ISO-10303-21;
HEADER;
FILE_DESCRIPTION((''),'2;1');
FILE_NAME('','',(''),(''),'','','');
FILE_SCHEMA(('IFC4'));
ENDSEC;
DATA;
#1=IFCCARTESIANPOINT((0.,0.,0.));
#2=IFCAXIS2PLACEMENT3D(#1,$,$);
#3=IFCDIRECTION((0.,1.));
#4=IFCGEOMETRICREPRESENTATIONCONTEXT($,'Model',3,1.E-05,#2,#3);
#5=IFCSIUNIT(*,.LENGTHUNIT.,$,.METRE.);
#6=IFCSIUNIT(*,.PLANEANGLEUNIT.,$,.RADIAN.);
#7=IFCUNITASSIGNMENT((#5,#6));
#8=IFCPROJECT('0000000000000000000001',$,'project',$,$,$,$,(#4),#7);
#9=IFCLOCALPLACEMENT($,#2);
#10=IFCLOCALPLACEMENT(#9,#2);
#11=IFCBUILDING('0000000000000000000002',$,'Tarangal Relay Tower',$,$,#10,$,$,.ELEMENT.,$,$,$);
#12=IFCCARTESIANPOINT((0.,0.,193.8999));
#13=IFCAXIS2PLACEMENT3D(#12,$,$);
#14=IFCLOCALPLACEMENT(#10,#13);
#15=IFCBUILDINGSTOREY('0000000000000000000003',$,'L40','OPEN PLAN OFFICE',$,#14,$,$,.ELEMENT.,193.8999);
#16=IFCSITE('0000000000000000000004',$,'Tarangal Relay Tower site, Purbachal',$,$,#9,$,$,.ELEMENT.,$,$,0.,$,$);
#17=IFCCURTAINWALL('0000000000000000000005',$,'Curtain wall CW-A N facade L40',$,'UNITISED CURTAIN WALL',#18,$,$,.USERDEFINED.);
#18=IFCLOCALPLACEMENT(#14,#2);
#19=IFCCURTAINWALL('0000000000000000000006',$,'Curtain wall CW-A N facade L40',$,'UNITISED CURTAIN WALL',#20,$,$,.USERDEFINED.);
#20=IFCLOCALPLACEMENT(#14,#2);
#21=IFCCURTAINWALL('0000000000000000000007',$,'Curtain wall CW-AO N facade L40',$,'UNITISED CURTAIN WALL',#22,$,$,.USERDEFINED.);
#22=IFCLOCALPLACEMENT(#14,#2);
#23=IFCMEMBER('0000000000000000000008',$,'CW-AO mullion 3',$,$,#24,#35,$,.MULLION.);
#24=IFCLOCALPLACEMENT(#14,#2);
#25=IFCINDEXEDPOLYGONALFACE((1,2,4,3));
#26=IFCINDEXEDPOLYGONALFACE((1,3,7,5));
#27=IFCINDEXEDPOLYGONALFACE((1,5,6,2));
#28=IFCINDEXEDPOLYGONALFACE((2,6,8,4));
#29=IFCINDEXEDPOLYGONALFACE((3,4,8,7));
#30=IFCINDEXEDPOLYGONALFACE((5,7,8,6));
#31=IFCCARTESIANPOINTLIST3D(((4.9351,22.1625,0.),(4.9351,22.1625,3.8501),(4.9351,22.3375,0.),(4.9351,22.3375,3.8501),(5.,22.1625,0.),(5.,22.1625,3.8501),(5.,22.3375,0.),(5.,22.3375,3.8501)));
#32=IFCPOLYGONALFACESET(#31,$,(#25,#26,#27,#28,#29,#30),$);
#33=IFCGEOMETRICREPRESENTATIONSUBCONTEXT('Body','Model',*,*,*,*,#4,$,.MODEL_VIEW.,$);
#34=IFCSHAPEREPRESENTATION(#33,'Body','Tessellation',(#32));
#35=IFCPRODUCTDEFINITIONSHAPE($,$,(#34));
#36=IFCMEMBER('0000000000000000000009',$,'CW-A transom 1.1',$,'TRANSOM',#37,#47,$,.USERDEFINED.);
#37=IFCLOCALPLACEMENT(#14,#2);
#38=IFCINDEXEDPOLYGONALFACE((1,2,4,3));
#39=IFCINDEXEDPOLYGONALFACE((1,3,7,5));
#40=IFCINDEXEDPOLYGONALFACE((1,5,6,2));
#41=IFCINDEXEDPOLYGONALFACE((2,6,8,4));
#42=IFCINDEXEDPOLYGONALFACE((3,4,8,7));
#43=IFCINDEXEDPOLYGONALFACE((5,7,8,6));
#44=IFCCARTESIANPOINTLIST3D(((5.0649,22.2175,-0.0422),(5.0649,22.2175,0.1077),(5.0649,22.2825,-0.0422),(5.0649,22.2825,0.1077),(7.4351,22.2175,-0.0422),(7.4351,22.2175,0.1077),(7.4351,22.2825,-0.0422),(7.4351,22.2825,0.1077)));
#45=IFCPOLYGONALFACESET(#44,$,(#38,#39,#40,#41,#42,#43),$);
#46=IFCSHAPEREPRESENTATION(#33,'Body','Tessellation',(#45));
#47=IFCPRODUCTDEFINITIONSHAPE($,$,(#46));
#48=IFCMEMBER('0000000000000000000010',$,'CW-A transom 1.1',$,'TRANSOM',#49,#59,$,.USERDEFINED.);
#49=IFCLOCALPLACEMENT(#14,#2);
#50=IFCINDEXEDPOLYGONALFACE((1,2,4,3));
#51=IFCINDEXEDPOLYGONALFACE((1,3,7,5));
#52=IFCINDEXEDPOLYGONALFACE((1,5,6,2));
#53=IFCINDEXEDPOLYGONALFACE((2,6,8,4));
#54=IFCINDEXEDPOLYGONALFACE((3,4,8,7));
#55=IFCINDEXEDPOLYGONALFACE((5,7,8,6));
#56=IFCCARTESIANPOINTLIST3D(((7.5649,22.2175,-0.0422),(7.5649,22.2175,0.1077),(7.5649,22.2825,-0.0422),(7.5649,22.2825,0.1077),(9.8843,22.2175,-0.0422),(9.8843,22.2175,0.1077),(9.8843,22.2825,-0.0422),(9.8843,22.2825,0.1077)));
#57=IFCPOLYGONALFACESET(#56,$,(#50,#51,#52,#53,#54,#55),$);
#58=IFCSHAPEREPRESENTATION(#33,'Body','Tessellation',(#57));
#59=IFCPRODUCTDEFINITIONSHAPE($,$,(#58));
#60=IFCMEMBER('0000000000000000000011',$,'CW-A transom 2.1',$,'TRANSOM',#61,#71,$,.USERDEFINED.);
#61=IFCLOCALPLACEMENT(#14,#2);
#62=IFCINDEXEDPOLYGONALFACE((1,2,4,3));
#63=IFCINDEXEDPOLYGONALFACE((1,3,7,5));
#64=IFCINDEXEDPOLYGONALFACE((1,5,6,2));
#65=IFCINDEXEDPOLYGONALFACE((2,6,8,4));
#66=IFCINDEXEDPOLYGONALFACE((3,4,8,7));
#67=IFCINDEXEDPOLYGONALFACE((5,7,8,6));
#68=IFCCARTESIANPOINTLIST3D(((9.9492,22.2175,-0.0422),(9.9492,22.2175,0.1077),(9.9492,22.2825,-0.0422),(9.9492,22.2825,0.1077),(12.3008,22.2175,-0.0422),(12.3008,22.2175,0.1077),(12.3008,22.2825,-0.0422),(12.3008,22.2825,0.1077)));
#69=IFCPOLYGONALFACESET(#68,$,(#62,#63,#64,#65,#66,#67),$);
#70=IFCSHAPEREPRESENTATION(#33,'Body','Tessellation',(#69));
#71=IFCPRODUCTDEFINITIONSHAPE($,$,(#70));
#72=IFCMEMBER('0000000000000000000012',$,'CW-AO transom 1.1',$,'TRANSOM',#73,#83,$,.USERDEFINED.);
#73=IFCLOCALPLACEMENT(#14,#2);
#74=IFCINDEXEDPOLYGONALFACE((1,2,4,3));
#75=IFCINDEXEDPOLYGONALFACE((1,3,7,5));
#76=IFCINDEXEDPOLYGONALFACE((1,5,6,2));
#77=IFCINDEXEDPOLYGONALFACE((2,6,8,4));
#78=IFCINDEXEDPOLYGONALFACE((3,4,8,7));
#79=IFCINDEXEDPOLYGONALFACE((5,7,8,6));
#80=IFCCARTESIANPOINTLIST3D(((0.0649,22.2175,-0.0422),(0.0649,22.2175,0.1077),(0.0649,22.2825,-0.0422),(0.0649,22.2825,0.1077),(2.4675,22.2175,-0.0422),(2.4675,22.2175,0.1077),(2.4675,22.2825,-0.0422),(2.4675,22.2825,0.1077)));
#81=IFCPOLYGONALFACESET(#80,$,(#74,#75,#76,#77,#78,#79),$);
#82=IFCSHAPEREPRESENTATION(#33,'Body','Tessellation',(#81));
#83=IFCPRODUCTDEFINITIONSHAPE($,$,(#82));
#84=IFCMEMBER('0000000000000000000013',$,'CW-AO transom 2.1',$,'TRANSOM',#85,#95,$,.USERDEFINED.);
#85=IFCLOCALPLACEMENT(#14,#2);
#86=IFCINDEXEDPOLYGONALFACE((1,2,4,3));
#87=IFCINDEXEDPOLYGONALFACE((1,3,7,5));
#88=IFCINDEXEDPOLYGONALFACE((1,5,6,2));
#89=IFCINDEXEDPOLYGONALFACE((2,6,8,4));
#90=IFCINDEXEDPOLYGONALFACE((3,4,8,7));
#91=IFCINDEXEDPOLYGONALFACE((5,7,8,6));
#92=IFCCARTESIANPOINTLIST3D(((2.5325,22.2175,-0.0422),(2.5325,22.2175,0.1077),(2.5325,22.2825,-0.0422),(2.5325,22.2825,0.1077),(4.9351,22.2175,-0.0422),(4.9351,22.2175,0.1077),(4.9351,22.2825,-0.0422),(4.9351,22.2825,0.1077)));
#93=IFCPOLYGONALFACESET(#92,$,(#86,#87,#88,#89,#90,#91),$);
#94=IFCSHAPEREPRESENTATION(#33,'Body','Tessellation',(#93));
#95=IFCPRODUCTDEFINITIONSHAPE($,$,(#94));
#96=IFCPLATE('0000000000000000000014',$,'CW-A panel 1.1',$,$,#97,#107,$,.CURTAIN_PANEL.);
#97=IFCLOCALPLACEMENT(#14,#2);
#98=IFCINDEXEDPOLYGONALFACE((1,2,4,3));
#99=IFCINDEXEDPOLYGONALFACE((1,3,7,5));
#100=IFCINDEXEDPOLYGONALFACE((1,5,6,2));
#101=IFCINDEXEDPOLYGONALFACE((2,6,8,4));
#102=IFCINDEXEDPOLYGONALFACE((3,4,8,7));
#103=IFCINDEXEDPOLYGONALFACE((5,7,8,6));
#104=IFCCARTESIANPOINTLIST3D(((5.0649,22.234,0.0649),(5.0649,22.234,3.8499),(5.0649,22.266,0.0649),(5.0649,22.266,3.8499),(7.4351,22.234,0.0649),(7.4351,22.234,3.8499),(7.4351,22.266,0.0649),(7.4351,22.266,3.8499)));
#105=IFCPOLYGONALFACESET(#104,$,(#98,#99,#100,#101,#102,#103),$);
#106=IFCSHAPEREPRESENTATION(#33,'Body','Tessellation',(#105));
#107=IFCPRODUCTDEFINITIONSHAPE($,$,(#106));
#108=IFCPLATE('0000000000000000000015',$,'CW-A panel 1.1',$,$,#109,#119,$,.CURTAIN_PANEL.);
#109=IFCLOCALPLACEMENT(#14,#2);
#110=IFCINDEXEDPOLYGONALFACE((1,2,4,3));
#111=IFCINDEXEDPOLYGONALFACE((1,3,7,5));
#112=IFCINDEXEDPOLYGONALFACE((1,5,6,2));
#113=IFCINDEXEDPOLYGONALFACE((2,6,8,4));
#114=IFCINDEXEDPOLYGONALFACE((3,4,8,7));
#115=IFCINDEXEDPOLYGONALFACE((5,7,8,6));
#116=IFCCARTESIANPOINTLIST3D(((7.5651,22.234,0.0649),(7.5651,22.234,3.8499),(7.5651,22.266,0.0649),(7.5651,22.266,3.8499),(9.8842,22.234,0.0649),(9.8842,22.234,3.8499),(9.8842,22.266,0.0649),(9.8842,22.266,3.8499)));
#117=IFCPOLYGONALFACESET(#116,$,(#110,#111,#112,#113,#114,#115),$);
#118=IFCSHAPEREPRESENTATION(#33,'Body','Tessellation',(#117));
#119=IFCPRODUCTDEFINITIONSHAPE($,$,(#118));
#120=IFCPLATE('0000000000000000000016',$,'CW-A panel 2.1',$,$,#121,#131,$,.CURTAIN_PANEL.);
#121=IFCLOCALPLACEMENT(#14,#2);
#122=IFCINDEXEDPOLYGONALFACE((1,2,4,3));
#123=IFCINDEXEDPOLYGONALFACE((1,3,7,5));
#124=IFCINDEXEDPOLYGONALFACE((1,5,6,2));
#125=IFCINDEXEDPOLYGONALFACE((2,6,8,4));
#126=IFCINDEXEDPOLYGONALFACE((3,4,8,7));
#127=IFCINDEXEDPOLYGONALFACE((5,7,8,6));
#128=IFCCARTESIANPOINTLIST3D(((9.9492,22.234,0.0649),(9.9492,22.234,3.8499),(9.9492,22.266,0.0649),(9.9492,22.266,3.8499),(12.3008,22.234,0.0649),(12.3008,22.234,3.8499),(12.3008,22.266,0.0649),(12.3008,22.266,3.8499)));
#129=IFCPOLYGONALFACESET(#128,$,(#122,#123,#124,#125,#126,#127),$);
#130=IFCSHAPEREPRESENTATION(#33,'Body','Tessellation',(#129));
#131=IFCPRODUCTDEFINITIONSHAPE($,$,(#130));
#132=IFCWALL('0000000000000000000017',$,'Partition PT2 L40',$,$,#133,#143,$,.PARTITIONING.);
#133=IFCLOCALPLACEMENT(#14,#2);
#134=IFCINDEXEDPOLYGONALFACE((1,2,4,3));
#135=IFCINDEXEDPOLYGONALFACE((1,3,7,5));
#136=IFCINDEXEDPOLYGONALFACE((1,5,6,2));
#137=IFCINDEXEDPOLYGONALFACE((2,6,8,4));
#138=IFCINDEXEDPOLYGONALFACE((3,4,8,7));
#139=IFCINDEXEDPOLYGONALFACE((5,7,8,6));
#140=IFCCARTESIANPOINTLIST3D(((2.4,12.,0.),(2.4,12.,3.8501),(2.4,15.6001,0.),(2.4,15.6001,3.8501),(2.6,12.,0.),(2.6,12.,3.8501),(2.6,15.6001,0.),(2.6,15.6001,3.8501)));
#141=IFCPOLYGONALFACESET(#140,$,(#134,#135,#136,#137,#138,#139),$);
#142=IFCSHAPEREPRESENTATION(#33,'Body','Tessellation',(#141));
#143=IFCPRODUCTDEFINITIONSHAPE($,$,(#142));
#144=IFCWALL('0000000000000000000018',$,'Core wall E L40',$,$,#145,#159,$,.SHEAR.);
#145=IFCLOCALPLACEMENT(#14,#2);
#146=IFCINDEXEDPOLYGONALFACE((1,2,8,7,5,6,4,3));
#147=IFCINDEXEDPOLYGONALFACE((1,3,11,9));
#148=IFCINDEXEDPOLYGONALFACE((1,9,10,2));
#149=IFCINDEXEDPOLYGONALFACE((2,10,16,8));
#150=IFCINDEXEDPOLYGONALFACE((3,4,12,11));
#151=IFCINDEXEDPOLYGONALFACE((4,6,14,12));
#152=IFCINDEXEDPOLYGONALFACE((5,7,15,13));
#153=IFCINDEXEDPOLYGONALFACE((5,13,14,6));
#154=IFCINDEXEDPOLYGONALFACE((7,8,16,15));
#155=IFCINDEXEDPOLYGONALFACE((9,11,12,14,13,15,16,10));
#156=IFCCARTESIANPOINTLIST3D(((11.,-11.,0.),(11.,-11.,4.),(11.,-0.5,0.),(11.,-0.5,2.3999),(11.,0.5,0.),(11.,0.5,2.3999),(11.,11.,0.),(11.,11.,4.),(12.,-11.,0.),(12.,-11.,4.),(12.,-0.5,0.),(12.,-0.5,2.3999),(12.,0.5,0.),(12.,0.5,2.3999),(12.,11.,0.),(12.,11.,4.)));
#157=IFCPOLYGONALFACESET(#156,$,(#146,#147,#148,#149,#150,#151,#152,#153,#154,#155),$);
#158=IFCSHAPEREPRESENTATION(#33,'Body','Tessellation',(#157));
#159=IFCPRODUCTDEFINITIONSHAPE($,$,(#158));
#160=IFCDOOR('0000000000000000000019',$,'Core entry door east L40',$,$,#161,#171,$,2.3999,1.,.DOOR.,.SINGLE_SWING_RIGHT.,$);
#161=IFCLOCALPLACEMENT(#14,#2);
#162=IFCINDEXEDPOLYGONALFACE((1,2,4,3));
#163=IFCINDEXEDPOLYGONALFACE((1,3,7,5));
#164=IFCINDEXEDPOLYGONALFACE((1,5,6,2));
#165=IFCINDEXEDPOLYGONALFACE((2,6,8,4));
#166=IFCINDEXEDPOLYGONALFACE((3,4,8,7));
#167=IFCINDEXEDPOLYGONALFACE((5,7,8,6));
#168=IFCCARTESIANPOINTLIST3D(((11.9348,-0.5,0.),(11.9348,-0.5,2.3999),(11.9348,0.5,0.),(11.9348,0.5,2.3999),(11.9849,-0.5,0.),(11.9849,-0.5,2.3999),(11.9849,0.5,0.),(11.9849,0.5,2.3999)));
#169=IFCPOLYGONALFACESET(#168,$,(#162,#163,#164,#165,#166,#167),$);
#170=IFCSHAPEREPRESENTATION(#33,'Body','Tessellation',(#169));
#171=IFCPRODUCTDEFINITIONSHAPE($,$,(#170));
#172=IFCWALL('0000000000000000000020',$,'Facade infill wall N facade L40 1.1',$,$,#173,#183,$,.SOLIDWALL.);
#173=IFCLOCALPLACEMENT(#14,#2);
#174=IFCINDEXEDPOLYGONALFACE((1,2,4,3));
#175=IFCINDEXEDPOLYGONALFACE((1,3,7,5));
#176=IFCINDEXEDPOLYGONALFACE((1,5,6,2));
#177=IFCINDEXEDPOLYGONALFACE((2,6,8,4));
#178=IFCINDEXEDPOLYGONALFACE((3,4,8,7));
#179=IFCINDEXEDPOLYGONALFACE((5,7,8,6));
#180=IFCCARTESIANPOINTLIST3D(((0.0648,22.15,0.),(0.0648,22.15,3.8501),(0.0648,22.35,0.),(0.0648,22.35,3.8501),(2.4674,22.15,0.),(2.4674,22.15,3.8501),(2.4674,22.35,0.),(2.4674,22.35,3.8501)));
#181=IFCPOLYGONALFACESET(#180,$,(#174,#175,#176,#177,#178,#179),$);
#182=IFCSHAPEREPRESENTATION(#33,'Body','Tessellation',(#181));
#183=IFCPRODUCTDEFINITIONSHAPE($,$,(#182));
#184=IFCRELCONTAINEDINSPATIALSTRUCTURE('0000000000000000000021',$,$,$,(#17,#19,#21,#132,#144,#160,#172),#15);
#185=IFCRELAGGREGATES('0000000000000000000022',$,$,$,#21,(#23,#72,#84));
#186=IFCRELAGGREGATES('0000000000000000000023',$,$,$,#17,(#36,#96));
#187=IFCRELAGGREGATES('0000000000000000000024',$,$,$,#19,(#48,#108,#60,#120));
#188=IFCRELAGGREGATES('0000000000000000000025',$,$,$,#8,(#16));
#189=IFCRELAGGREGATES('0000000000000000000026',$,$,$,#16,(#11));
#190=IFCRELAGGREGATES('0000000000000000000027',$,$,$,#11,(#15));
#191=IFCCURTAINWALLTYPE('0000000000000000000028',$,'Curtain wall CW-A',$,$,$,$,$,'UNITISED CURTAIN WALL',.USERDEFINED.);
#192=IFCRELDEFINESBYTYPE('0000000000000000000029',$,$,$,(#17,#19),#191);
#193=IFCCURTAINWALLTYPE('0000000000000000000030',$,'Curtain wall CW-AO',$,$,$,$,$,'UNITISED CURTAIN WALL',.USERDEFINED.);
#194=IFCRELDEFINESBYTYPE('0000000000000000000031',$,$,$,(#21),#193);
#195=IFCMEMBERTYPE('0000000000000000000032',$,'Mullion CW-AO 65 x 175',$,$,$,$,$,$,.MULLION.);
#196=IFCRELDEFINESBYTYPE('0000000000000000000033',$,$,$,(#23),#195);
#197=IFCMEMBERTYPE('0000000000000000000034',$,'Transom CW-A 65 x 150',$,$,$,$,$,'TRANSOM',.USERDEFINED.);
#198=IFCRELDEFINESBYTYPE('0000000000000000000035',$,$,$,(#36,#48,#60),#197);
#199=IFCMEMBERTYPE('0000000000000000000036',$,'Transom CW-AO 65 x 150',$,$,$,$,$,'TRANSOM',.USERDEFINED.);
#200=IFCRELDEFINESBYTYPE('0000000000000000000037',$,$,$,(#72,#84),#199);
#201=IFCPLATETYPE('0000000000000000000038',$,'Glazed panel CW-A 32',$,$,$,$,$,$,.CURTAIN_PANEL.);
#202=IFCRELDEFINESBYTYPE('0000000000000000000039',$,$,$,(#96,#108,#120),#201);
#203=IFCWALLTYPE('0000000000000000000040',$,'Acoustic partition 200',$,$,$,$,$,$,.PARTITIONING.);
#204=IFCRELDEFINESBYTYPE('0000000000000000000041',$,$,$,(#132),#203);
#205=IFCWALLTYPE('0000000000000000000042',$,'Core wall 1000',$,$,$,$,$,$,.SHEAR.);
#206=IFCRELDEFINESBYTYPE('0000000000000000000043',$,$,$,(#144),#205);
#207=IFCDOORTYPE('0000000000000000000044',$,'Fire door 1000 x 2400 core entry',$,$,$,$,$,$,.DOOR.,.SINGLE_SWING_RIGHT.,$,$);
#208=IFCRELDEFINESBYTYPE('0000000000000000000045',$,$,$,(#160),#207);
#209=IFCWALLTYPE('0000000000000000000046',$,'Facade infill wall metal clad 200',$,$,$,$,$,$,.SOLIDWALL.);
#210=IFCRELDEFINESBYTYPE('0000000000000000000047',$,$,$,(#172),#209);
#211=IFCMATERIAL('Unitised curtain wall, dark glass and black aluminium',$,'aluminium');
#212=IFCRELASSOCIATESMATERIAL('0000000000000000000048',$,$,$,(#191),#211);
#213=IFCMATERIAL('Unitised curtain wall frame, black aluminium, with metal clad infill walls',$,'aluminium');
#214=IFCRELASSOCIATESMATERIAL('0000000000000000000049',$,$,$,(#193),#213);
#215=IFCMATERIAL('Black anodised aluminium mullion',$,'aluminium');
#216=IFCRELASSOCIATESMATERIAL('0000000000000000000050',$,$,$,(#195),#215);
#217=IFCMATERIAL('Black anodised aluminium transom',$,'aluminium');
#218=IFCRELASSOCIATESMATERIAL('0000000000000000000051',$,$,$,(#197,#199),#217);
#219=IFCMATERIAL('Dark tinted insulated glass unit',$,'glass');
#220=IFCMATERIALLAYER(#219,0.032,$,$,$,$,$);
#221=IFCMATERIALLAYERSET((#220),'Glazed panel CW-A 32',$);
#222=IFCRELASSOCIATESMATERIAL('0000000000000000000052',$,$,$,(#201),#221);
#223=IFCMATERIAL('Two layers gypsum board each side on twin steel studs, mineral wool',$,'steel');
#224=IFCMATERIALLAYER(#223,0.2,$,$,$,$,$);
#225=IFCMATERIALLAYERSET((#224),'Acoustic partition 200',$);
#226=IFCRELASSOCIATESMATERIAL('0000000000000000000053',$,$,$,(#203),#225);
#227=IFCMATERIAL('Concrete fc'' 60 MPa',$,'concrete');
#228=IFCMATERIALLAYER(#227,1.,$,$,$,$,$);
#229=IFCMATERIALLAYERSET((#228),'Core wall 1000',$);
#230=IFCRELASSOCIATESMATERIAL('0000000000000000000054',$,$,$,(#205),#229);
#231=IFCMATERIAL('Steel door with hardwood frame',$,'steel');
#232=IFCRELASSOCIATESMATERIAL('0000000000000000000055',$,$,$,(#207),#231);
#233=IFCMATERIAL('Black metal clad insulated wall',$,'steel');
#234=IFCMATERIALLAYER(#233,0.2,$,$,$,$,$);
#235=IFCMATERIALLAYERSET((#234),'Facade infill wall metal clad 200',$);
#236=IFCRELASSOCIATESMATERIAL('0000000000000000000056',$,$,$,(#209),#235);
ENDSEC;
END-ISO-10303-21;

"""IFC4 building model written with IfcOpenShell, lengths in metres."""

from ifc_helpers import new_model, si_unit, direction, frame, frame_2d, origin, origin_2d, place, context, subcontext, project, spatial, rectangle, extrude, material, layer, layer_set, material_profile, profile_set, type_object, element, fill, aggregate, save


model = new_model("IFC4")

# Units and contexts
model_context = context("Model", 3, precision=1e-05, world=origin(), true_north=direction((0.0, 1.0)))
body_context = subcontext(model_context, "Body", "Model", "MODEL_VIEW")
ifc_project = project(units=[si_unit("LENGTHUNIT", "METRE"), si_unit("PLANEANGLEUNIT", "RADIAN")], contexts=[model_context])

# Site, building, storey
site_placement = place(None, origin())
site = spatial("IfcSite", under=ifc_project, at=site_placement, Name="Tarangal Relay Tower site, Purbachal", CompositionType="ELEMENT", RefElevation=0.0)
building_placement = place(site_placement, origin())
building = spatial("IfcBuilding", under=site, at=building_placement, Name="Tarangal Relay Tower", CompositionType="ELEMENT")
storey_placement = place(building_placement, frame((0.0, 0.0, 193.8999)))
storey = spatial("IfcBuildingStorey", under=building, at=storey_placement, Name="L40", Description="OPEN PLAN OFFICE", CompositionType="ELEMENT", Elevation=193.8999)

# Curtain walls, member
ifc_material_1 = material(Name="Unitised curtain wall, dark glass and black aluminium", Category="aluminium")
curtain_wall_type_1 = type_object("IfcCurtainWallType", Name="Curtain wall CW-A", ElementType="UNITISED CURTAIN WALL", PredefinedType="USERDEFINED", material=ifc_material_1)
curtain_wall_1_placement = place(storey_placement, origin())
curtain_wall_1 = element("IfcCurtainWall", 1, at=curtain_wall_1_placement, inside=storey, type_object=curtain_wall_type_1, Name="Curtain wall CW-A N facade L40", ObjectType="UNITISED CURTAIN WALL", PredefinedType="USERDEFINED")
ifc_material_2 = material(Name="Black anodised aluminium mullion", Category="aluminium")
curtain_wall_2_placement = place(storey_placement, origin())
curtain_wall_2 = element("IfcCurtainWall", 2, at=curtain_wall_2_placement, inside=storey, type_object=curtain_wall_type_1, Name="Curtain wall CW-A N facade L40", ObjectType="UNITISED CURTAIN WALL", PredefinedType="USERDEFINED")
ifc_material_3 = material(Name="Unitised curtain wall frame, black aluminium, with metal clad infill walls", Category="aluminium")
curtain_wall_type_2 = type_object("IfcCurtainWallType", Name="Curtain wall CW-AO", ElementType="UNITISED CURTAIN WALL", PredefinedType="USERDEFINED", material=ifc_material_3)
curtain_wall_3_placement = place(storey_placement, origin())
curtain_wall_3 = element("IfcCurtainWall", 3, at=curtain_wall_3_placement, inside=storey, type_object=curtain_wall_type_2, Name="Curtain wall CW-AO N facade L40", ObjectType="UNITISED CURTAIN WALL", PredefinedType="USERDEFINED")
ifc_material_profile_1 = material_profile(ifc_material_2, rectangle(XDim=0.175, YDim=0.0649, at=origin_2d()), Name="CW-AOM 65X175")
ifc_profile_set_1 = profile_set([ifc_material_profile_1], Name="Black anodised aluminium mullion")
member_type_1 = type_object("IfcMemberType", Name="Mullion CW-AO 65 x 175", PredefinedType="MULLION", material=ifc_profile_set_1)
member_1_placement = place(storey_placement, frame((4.9675, 22.25, 0.0), z_axis=(0.0, 0.0, 1.0), x_axis=(0.0, 1.0, 0.0)))
member_1 = element("IfcMember", 4, at=member_1_placement, type_object=member_type_1, Name="CW-AO mullion 3", PredefinedType="MULLION", context=body_context, shape_type="SweptSolid", body=[
    extrude(rectangle(XDim=0.175, YDim=0.0649, at=origin_2d()), origin(), (0.0, 0.0, 1.0), 3.8501),
])

# Members
ifc_material_4 = material(Name="Black anodised aluminium transom", Category="aluminium")
ifc_material_profile_2 = material_profile(ifc_material_4, rectangle(XDim=0.0649, YDim=0.1499, at=origin_2d()), Name="CW-AT 65X150")
ifc_profile_set_2 = profile_set([ifc_material_profile_2], Name="Black anodised aluminium transom")
member_type_2 = type_object("IfcMemberType", Name="Transom CW-A 65 x 150", ElementType="TRANSOM", PredefinedType="USERDEFINED", material=ifc_profile_set_2)
member_2_placement = place(storey_placement, frame((5.0649, 22.25, 0.0327), z_axis=(1.0, 0.0, 0.0), x_axis=(0.0, 1.0, 0.0)))
member_2 = element("IfcMember", 5, at=member_2_placement, type_object=member_type_2, Name="CW-A transom 1.1", ObjectType="TRANSOM", PredefinedType="USERDEFINED", context=body_context, shape_type="SweptSolid", body=[
    extrude(rectangle(XDim=0.0649, YDim=0.1499, at=origin_2d()), origin(), (0.0, 0.0, 1.0), 2.3701),
])
member_3_placement = place(storey_placement, frame((7.5649, 22.25, 0.0327), z_axis=(1.0, 0.0, 0.0), x_axis=(0.0, 1.0, 0.0)))
member_3 = element("IfcMember", 6, at=member_3_placement, type_object=member_type_2, Name="CW-A transom 1.1", ObjectType="TRANSOM", PredefinedType="USERDEFINED", context=body_context, shape_type="SweptSolid", body=[
    extrude(rectangle(XDim=0.0649, YDim=0.1499, at=origin_2d()), origin(), (0.0, 0.0, 1.0), 2.3193),
])
member_4_placement = place(storey_placement, frame((9.9492, 22.25, 0.0327), z_axis=(1.0, 0.0, 0.0), x_axis=(0.0, 1.0, 0.0)))
member_4 = element("IfcMember", 7, at=member_4_placement, type_object=member_type_2, Name="CW-A transom 2.1", ObjectType="TRANSOM", PredefinedType="USERDEFINED", context=body_context, shape_type="SweptSolid", body=[
    extrude(rectangle(XDim=0.0649, YDim=0.1499, at=origin_2d()), origin(), (0.0, 0.0, 1.0), 2.3516),
])
ifc_material_profile_3 = material_profile(ifc_material_4, rectangle(XDim=0.0649, YDim=0.1499, at=origin_2d()), Name="CW-AOT 65X150")
ifc_profile_set_3 = profile_set([ifc_material_profile_3], Name="Black anodised aluminium transom")
member_type_3 = type_object("IfcMemberType", Name="Transom CW-AO 65 x 150", ElementType="TRANSOM", PredefinedType="USERDEFINED", material=ifc_profile_set_3)
member_5_placement = place(storey_placement, frame((0.0649, 22.25, 0.0327), z_axis=(1.0, 0.0, 0.0), x_axis=(0.0, 1.0, 0.0)))
member_5 = element("IfcMember", 8, at=member_5_placement, type_object=member_type_3, Name="CW-AO transom 1.1", ObjectType="TRANSOM", PredefinedType="USERDEFINED", context=body_context, shape_type="SweptSolid", body=[
    extrude(rectangle(XDim=0.0649, YDim=0.1499, at=origin_2d()), origin(), (0.0, 0.0, 1.0), 2.4026),
])
member_6_placement = place(storey_placement, frame((2.5325, 22.25, 0.0327), z_axis=(1.0, 0.0, 0.0), x_axis=(0.0, 1.0, 0.0)))
member_6 = element("IfcMember", 9, at=member_6_placement, type_object=member_type_3, Name="CW-AO transom 2.1", ObjectType="TRANSOM", PredefinedType="USERDEFINED", context=body_context, shape_type="SweptSolid", body=[
    extrude(rectangle(XDim=0.0649, YDim=0.1499, at=origin_2d()), origin(), (0.0, 0.0, 1.0), 2.4026),
])
aggregate(curtain_wall_3, [member_1, member_5, member_6])

# Plates
ifc_material_5 = material(Name="Dark tinted insulated glass unit", Category="glass")
ifc_layer_1 = layer(ifc_material_5, 0.032)
ifc_layer_set_1 = layer_set([ifc_layer_1], Name="Glazed panel CW-A 32")
plate_type = type_object("IfcPlateType", Name="Glazed panel CW-A 32", PredefinedType="CURTAIN_PANEL", material=ifc_layer_set_1)
plate_1_placement = place(storey_placement, frame((6.25, 22.25, 0.0649), z_axis=(0.0, 0.0, 1.0), x_axis=(1.0, 0.0, 0.0)))
plate_1 = element("IfcPlate", 10, at=plate_1_placement, type_object=plate_type, Name="CW-A panel 1.1", PredefinedType="CURTAIN_PANEL", context=body_context, shape_type="SweptSolid", body=[
    extrude(rectangle(XDim=2.3701, YDim=0.032, at=origin_2d()), origin(), (0.0, 0.0, 1.0), 3.7849),
])
aggregate(curtain_wall_1, [member_2, plate_1])
plate_2_placement = place(storey_placement, frame((8.7246, 22.25, 0.0649), z_axis=(0.0, 0.0, 1.0), x_axis=(1.0, 0.0, 0.0)))
plate_2 = element("IfcPlate", 11, at=plate_2_placement, type_object=plate_type, Name="CW-A panel 1.1", PredefinedType="CURTAIN_PANEL", context=body_context, shape_type="SweptSolid", body=[
    extrude(rectangle(XDim=2.3191, YDim=0.032, at=origin_2d()), origin(), (0.0, 0.0, 1.0), 3.7849),
])
plate_3_placement = place(storey_placement, frame((11.125, 22.25, 0.0649), z_axis=(0.0, 0.0, 1.0), x_axis=(1.0, 0.0, 0.0)))
plate_3 = element("IfcPlate", 12, at=plate_3_placement, type_object=plate_type, Name="CW-A panel 2.1", PredefinedType="CURTAIN_PANEL", context=body_context, shape_type="SweptSolid", body=[
    extrude(rectangle(XDim=2.3516, YDim=0.032, at=origin_2d()), origin(), (0.0, 0.0, 1.0), 3.7849),
])
aggregate(curtain_wall_2, [member_3, plate_2, member_4, plate_3])

# Wall
ifc_material_6 = material(Name="Two layers gypsum board each side on twin steel studs, mineral wool", Category="steel")
ifc_layer_2 = layer(ifc_material_6, 0.2)
ifc_layer_set_2 = layer_set([ifc_layer_2], Name="Acoustic partition 200")
wall_type_1 = type_object("IfcWallType", Name="Acoustic partition 200", PredefinedType="PARTITIONING", material=ifc_layer_set_2)
wall_1_placement = place(storey_placement, frame((2.5, 12.0, 0.0), z_axis=(0.0, 0.0, 1.0), x_axis=(0.0, 1.0, 0.0)))
element("IfcWall", 13, at=wall_1_placement, inside=storey, type_object=wall_type_1, Name="Partition PT2 L40", PredefinedType="PARTITIONING", context=body_context, shape_type="SweptSolid", body=[
    extrude(rectangle(XDim=3.6001, YDim=0.2, at=frame_2d((1.8, 0.0))), origin(), (0.0, 0.0, 1.0), 3.8501),
])

# Wall, opening, door
ifc_material_7 = material(Name="Concrete fc' 60 MPa", Category="concrete")
ifc_layer_3 = layer(ifc_material_7, 1.0)
ifc_layer_set_3 = layer_set([ifc_layer_3], Name="Core wall 1000")
wall_type_2 = type_object("IfcWallType", Name="Core wall 1000", PredefinedType="SHEAR", material=ifc_layer_set_3)
wall_2_placement = place(storey_placement, frame((11.5, 11.0, 0.0), z_axis=(0.0, 0.0, 1.0), x_axis=(0.0, -1.0, 0.0)))
wall_2 = element("IfcWall", 14, at=wall_2_placement, inside=storey, type_object=wall_type_2, Name="Core wall E L40", PredefinedType="SHEAR", context=body_context, shape_type="SweptSolid", body=[
    extrude(rectangle(XDim=22.0, YDim=1.0, at=frame_2d((11.0, 0.0))), origin(), (0.0, 0.0, 1.0), 4.0),
])
opening_1_placement = place(wall_2_placement, frame((10.5, 0.0, 0.0)))
opening_1 = element("IfcOpeningElement", 15, at=opening_1_placement, cuts=wall_2, PredefinedType="OPENING", context=body_context, shape_type="SweptSolid", body=[
    extrude(rectangle(XDim=1.0, YDim=2.3999, at=frame_2d((0.5, 1.2))), frame((0.0, 0.51, 0.0), z_axis=(0.0, -1.0, 0.0), x_axis=(1.0, 0.0, 0.0)), (0.0, 0.0, 1.0), 1.02),
])
ifc_material_8 = material(Name="Steel door with hardwood frame", Category="steel")
door_type_1 = type_object("IfcDoorType", Name="Fire door 1000 x 2400 core entry", OperationType="SINGLE_SWING_RIGHT", PredefinedType="DOOR", material=ifc_material_8)
door_1_placement = place(opening_1_placement, origin())
door_1 = element("IfcDoor", 16, at=door_1_placement, inside=storey, type_object=door_type_1, Name="Core entry door east L40", OperationType="SINGLE_SWING_RIGHT", OverallHeight=2.3999, OverallWidth=1.0, PredefinedType="DOOR", context=body_context, shape_type="SweptSolid", body=[
    extrude(rectangle(XDim=1.0, YDim=2.3999, at=frame_2d((0.5, 1.2))), frame((0.0, 0.4849, 0.0), z_axis=(0.0, -1.0, 0.0), x_axis=(1.0, 0.0, 0.0)), (0.0, 0.0, 1.0), 0.05),
])
fill(opening_1, door_1)

# Wall
ifc_material_9 = material(Name="Black metal clad insulated wall", Category="steel")
ifc_layer_4 = layer(ifc_material_9, 0.2)
ifc_layer_set_4 = layer_set([ifc_layer_4], Name="Facade infill wall metal clad 200")
wall_type_3 = type_object("IfcWallType", Name="Facade infill wall metal clad 200", PredefinedType="SOLIDWALL", material=ifc_layer_set_4)
for number, where, z_axis, x_axis, name in (
    (17, (0.0649, 22.25, 0.0), (0.0, 0.0, 1.0), (1.0, 0.0, 0.0), "Facade infill wall N facade L40 1.1"),
):
    element("IfcWall", number, at=place(storey_placement, frame(where, z_axis=z_axis, x_axis=x_axis)), inside=storey, type_object=wall_type_3, Name=name, PredefinedType="SOLIDWALL", context=body_context, shape_type="SweptSolid", body=[
        extrude(rectangle(XDim=2.4026, YDim=0.2, at=frame_2d((1.2012, 0.0))), origin(), (0.0, 0.0, 1.0), 3.8501),
    ])

save(model, "model.ifc")
